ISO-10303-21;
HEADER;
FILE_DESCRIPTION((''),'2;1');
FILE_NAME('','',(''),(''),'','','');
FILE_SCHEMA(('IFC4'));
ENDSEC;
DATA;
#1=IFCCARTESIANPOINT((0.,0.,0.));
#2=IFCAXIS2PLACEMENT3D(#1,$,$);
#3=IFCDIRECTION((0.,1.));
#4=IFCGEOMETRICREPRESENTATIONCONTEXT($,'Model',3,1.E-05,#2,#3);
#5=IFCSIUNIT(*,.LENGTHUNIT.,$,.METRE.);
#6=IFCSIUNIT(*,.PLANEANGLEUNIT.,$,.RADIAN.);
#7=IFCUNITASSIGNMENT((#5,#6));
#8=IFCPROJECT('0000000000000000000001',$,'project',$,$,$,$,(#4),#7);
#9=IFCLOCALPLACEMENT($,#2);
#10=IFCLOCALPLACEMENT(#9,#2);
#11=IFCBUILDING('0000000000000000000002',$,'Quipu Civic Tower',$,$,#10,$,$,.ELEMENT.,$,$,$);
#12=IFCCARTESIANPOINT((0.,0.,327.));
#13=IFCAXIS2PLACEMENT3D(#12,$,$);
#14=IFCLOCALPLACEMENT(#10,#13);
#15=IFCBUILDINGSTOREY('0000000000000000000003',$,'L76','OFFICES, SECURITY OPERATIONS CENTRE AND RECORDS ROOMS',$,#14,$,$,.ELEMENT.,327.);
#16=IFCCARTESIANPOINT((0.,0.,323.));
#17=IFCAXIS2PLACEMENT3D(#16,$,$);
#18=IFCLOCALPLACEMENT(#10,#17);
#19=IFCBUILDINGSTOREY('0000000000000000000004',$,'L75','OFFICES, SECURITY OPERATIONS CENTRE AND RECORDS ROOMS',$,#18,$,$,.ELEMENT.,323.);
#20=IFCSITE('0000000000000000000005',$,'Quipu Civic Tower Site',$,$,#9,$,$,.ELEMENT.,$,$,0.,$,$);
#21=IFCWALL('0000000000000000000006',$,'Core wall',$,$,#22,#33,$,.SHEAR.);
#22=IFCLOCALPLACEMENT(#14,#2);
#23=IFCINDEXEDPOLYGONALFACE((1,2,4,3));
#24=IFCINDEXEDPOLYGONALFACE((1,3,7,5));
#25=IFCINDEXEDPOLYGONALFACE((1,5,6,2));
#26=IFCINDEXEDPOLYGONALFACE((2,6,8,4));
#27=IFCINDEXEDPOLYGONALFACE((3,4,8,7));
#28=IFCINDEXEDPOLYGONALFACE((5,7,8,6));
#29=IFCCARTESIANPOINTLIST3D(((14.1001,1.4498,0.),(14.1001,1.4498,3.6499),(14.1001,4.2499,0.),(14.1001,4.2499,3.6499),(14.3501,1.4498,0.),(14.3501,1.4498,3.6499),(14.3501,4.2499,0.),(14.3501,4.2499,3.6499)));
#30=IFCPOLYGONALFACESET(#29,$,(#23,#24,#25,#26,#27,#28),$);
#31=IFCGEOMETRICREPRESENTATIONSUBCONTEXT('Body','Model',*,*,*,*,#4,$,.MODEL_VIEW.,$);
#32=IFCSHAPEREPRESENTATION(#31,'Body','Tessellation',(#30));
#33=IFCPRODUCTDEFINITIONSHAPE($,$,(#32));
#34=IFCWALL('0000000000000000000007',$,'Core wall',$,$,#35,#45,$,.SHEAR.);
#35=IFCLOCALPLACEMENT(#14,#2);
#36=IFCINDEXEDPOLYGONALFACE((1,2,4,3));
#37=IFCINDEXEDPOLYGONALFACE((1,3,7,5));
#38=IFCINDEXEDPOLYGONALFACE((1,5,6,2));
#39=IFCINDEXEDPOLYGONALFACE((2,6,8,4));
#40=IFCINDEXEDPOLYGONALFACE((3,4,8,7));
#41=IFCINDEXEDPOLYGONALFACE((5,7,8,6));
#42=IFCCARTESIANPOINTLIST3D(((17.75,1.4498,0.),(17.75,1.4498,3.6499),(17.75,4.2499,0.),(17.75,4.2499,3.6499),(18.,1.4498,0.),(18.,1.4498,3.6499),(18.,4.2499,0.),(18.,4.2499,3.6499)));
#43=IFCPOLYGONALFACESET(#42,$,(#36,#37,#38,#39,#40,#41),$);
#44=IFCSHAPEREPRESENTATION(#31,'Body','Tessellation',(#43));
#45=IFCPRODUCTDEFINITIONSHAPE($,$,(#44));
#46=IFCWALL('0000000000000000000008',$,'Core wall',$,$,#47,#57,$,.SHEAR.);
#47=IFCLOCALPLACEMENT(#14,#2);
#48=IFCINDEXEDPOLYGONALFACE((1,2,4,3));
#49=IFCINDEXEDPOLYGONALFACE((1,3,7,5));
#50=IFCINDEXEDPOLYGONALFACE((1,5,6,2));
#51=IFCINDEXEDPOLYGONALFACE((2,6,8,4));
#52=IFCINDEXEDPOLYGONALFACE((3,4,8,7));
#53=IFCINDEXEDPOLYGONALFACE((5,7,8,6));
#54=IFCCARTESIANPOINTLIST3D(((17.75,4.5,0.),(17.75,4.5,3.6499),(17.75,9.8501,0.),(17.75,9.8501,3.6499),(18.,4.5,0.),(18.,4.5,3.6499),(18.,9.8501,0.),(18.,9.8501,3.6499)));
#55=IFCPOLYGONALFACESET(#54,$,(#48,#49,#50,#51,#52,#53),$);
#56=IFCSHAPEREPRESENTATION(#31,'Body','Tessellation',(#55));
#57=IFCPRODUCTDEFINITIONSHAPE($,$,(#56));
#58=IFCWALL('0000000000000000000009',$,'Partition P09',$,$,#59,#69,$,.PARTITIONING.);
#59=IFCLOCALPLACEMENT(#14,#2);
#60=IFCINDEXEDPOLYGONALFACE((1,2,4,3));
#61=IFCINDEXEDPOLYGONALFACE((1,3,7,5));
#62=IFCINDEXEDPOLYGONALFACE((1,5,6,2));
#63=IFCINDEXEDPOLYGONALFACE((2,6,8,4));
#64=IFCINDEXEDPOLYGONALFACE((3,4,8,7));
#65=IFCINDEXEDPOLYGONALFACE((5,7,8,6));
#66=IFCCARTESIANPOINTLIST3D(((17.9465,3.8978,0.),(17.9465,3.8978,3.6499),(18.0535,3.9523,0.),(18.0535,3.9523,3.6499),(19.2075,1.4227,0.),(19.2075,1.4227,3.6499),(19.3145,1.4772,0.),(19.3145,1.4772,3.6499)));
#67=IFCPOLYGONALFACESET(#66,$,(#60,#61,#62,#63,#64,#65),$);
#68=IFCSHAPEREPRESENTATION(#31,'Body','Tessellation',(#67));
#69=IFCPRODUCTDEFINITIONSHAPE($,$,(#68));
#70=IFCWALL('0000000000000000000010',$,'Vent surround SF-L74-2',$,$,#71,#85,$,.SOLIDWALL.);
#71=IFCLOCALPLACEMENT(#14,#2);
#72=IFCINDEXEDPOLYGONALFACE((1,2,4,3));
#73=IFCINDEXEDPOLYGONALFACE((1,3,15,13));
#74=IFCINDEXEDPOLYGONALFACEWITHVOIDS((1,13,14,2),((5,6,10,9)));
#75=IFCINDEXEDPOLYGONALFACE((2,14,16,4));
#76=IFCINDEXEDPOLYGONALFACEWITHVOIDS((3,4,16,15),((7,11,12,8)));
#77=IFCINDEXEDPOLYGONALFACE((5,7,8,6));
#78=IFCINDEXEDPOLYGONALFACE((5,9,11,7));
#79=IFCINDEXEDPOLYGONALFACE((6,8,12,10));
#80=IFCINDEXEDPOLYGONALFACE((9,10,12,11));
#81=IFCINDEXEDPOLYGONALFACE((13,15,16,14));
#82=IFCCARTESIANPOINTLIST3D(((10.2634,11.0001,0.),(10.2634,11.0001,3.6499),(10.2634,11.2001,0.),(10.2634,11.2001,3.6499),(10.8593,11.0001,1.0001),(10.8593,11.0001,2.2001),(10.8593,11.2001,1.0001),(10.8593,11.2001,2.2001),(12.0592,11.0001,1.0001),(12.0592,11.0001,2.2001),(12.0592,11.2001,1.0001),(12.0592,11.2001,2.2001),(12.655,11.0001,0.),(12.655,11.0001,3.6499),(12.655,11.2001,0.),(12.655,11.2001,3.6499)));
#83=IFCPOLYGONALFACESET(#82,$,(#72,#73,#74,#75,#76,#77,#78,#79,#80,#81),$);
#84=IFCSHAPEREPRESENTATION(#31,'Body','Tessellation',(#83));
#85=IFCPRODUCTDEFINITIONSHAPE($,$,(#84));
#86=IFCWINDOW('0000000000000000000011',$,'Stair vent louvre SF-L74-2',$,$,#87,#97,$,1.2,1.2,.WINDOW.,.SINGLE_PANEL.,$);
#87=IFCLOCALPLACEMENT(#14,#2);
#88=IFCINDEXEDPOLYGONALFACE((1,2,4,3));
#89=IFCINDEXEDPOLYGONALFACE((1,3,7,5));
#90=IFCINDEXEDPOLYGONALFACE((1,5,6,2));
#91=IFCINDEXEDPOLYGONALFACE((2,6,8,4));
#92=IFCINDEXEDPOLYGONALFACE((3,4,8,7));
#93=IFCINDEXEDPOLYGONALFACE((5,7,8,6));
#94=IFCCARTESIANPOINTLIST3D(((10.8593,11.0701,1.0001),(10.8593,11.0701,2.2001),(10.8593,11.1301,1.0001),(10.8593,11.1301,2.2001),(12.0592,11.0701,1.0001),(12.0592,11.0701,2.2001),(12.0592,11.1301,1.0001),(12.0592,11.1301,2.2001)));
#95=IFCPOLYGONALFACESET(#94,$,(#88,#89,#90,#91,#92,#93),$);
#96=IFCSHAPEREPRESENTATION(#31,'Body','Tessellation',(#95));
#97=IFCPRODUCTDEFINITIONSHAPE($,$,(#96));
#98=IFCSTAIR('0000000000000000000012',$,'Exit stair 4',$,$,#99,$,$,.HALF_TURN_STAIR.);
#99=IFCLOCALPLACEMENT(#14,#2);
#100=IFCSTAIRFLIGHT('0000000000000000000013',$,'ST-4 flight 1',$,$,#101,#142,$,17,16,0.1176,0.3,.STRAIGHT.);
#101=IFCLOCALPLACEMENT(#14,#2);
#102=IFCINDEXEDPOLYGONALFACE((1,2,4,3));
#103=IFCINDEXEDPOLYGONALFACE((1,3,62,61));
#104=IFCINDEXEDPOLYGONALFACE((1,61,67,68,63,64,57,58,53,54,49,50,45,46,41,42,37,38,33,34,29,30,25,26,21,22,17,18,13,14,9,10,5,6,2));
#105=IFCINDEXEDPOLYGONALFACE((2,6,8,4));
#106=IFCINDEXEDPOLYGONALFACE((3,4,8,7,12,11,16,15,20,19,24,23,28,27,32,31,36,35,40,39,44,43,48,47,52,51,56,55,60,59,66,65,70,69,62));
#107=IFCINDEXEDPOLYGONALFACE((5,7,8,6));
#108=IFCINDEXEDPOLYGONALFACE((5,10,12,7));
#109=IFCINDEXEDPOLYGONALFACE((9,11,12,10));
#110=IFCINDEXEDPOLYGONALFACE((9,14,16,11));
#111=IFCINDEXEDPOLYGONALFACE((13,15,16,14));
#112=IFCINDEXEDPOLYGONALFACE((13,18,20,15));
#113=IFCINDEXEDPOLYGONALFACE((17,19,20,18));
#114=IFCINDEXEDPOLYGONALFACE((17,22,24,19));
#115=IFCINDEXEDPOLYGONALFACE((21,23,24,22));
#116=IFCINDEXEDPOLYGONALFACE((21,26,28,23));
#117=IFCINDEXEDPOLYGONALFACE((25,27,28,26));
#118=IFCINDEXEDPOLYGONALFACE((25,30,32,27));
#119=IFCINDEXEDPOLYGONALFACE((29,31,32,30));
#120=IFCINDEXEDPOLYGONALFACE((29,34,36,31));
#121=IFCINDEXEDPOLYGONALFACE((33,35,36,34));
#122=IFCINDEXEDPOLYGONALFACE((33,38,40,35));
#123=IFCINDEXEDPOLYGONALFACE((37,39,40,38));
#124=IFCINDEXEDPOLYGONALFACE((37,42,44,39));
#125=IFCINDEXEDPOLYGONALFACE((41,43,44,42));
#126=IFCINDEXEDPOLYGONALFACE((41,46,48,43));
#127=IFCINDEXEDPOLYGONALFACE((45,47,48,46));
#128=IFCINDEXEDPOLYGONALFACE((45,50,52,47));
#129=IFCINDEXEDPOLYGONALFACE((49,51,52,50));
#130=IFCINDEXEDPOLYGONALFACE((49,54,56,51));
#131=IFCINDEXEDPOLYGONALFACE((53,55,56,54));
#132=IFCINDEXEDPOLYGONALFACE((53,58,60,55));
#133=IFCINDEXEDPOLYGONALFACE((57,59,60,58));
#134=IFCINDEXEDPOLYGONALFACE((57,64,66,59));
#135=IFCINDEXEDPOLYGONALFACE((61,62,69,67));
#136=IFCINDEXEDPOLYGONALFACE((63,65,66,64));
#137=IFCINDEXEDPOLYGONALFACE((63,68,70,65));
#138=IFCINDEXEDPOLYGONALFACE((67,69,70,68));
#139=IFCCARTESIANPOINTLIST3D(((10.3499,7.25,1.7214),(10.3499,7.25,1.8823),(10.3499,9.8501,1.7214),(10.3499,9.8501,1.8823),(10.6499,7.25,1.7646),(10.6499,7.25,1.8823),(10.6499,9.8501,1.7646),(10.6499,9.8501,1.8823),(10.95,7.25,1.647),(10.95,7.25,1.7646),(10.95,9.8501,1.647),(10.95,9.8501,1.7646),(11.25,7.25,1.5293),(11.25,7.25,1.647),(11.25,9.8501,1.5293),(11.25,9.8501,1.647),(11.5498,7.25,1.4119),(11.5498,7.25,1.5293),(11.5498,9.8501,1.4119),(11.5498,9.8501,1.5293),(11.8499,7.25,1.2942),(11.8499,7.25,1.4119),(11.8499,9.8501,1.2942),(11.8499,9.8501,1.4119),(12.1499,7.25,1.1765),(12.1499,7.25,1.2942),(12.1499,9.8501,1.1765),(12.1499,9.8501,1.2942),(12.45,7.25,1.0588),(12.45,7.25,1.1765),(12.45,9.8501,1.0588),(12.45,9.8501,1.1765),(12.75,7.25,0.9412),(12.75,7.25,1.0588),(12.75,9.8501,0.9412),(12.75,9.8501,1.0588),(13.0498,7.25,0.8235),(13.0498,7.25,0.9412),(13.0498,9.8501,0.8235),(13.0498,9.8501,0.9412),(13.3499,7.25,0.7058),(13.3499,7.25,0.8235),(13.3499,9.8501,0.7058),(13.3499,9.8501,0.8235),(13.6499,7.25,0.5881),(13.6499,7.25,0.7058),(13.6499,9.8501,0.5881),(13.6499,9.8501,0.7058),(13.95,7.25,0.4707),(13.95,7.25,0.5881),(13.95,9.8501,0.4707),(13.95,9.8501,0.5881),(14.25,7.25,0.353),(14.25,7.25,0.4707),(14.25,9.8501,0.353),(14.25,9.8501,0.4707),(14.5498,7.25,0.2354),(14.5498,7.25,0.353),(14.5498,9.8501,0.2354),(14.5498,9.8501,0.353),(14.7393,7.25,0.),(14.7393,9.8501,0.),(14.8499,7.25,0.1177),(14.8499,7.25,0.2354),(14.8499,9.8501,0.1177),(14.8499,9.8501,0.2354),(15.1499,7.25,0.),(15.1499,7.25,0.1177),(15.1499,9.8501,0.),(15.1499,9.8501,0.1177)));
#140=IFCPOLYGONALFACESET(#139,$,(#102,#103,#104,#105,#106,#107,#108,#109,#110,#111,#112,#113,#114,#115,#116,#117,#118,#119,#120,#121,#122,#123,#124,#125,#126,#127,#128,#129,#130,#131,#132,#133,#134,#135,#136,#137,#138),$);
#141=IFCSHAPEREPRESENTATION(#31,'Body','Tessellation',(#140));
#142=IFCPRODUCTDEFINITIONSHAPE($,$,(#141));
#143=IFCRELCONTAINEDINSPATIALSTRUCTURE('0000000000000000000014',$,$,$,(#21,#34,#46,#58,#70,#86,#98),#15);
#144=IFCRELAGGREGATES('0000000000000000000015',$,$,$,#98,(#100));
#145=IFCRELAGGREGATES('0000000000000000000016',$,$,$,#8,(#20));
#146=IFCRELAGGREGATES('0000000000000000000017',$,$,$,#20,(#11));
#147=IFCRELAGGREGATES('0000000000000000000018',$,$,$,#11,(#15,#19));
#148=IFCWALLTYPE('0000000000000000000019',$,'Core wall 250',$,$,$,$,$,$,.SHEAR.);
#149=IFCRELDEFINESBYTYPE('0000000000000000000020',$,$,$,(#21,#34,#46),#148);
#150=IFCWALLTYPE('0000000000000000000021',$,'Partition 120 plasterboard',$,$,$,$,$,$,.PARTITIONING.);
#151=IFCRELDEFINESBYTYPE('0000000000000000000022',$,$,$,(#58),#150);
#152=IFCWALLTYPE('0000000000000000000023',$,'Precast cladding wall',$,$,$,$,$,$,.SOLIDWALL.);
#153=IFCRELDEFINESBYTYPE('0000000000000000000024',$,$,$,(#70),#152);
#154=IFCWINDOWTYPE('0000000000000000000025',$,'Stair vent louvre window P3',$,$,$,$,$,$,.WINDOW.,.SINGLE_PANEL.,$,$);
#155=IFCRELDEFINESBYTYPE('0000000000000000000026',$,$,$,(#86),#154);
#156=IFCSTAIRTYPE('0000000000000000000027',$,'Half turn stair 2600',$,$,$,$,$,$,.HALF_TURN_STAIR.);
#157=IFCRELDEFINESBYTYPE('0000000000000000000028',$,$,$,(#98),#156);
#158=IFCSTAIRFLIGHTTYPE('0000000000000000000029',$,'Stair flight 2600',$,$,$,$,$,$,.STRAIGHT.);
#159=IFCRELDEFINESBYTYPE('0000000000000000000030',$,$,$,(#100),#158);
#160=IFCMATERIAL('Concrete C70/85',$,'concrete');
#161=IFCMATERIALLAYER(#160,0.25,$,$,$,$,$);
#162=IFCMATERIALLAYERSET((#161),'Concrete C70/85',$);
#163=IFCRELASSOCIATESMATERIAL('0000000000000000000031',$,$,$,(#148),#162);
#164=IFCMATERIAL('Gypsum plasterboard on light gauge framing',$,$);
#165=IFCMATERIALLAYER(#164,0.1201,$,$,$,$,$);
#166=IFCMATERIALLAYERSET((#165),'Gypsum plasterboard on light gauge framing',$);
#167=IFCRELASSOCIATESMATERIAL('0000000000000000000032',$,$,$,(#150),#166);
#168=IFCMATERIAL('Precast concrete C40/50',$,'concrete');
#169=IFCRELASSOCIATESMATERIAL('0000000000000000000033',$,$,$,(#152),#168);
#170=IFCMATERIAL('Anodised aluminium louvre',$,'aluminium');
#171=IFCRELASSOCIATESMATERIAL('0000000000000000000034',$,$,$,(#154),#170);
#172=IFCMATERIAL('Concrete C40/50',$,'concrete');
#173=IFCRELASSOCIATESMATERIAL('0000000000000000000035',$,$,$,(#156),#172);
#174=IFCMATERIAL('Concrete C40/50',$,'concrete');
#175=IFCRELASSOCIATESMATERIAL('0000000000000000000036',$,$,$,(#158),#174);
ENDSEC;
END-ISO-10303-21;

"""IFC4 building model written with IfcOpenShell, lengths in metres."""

from ifc_helpers import new_model, si_unit, direction, frame, frame_2d, origin, place, context, subcontext, project, spatial, polyline, rectangle, outline, extrude, material, layer, layer_set, type_object, element, fill, aggregate, save


model = new_model("IFC4")

# Units and contexts
model_context = context("Model", 3, precision=1e-05, world=origin(), true_north=direction((0.0, 1.0)))
body_context = subcontext(model_context, "Body", "Model", "MODEL_VIEW")
ifc_project = project(units=[si_unit("LENGTHUNIT", "METRE"), si_unit("PLANEANGLEUNIT", "RADIAN")], contexts=[model_context])

# Site, building, storey
site_placement = place(None, origin())
site = spatial("IfcSite", under=ifc_project, at=site_placement, Name="Quipu Civic Tower Site", CompositionType="ELEMENT", RefElevation=0.0)
building_placement = place(site_placement, origin())
building = spatial("IfcBuilding", under=site, at=building_placement, Name="Quipu Civic Tower", CompositionType="ELEMENT")
storey_1_placement = place(building_placement, frame((0.0, 0.0, 327.0)))
storey_1 = spatial("IfcBuildingStorey", under=building, at=storey_1_placement, Name="L76", Description="OFFICES, SECURITY OPERATIONS CENTRE AND RECORDS ROOMS", CompositionType="ELEMENT", Elevation=327.0)

# Shared definitions
storey_2_placement = place(building_placement, frame((0.0, 0.0, 323.0)))
storey_2 = spatial("IfcBuildingStorey", under=building, at=storey_2_placement, Name="L75", Description="OFFICES, SECURITY OPERATIONS CENTRE AND RECORDS ROOMS", CompositionType="ELEMENT", Elevation=323.0)

# Shared definitions
ifc_material_1 = material(Name="Concrete C70/85", Category="concrete")
ifc_layer_1 = layer(ifc_material_1, 0.25)
ifc_layer_set_1 = layer_set([ifc_layer_1], Name="Concrete C70/85")
wall_type_1 = type_object("IfcWallType", Name="Core wall 250", PredefinedType="SHEAR", material=ifc_layer_set_1)

# Walls
for number, where, z_axis, x_axis, name in (
    (1, (14.2251, 1.45, 0.0), (0.0, 0.0, 1.0), (0.0, 1.0, 0.0), "Core wall"),
    (2, (17.875, 1.45, 0.0), (0.0, 0.0, 1.0), (0.0, 1.0, 0.0), "Core wall"),
):
    element("IfcWall", number, at=place(storey_1_placement, frame(where, z_axis=z_axis, x_axis=x_axis)), inside=storey_1, type_object=wall_type_1, Name=name, PredefinedType="SHEAR", context=body_context, shape_type="SweptSolid", body=[
        extrude(rectangle(XDim=2.8, YDim=0.25, at=frame_2d((1.3999, 0.0))), origin(), (0.0, 0.0, 1.0), 3.6499),
    ])
wall_1_placement = place(storey_1_placement, frame((17.875, 4.5, 0.0), z_axis=(0.0, 0.0, 1.0), x_axis=(0.0, 1.0, 0.0)))
element("IfcWall", 3, at=wall_1_placement, inside=storey_1, type_object=wall_type_1, Name="Core wall", PredefinedType="SHEAR", context=body_context, shape_type="SweptSolid", body=[
    extrude(rectangle(XDim=5.3501, YDim=0.25, at=frame_2d((2.675, 0.0))), origin(), (0.0, 0.0, 1.0), 3.6499),
])
ifc_material_2 = material(Name="Gypsum plasterboard on light gauge framing")
ifc_layer_2 = layer(ifc_material_2, 0.1201)
ifc_layer_set_2 = layer_set([ifc_layer_2], Name="Gypsum plasterboard on light gauge framing")
wall_type_2 = type_object("IfcWallType", Name="Partition 120 plasterboard", PredefinedType="PARTITIONING", material=ifc_layer_set_2)
wall_2_placement = place(storey_1_placement, frame((18.0, 3.925, 0.0), z_axis=(0.0, 0.0, 1.0), x_axis=(0.453951, -0.891027, 0.0)))
element("IfcWall", 4, at=wall_2_placement, inside=storey_1, type_object=wall_type_2, Name="Partition P09", PredefinedType="PARTITIONING", context=body_context, shape_type="SweptSolid", body=[
    extrude(rectangle(XDim=2.7778, YDim=0.1201, at=frame_2d((1.3889, 0.0))), origin(), (0.0, 0.0, 1.0), 3.6499),
])

# Wall, opening, window
ifc_material_3 = material(Name="Precast concrete C40/50", Category="concrete")
wall_type_3 = type_object("IfcWallType", Name="Precast cladding wall", PredefinedType="SOLIDWALL", material=ifc_material_3)
wall_3_placement = place(storey_1_placement, frame((12.655, 11.1001, 0.0), z_axis=(0.0, 0.0, 1.0), x_axis=(-1.0, 0.0, 0.0)))
wall_3 = element("IfcWall", 5, at=wall_3_placement, inside=storey_1, type_object=wall_type_3, Name="Vent surround SF-L74-2", PredefinedType="SOLIDWALL", context=body_context, shape_type="SweptSolid", body=[
    extrude(rectangle(XDim=2.3916, YDim=0.2, at=frame_2d((1.1958, 0.0))), origin(), (0.0, 0.0, 1.0), 3.6499),
])
opening_1_placement = place(wall_3_placement, frame((0.5957, 0.0, 1.0)))
opening_1 = element("IfcOpeningElement", 6, at=opening_1_placement, cuts=wall_3, PredefinedType="OPENING", context=body_context, shape_type="SweptSolid", body=[
    extrude(rectangle(XDim=1.2, YDim=1.2, at=frame_2d((0.6001, 0.6001))), frame((0.0, 0.1099, 0.0), z_axis=(0.0, -1.0, 0.0), x_axis=(1.0, 0.0, 0.0)), (0.0, 0.0, 1.0), 0.22),
])
ifc_material_4 = material(Name="Anodised aluminium louvre", Category="aluminium")
window_type = type_object("IfcWindowType", Name="Stair vent louvre window P3", PartitioningType="SINGLE_PANEL", PredefinedType="WINDOW", material=ifc_material_4)
window_placement = place(opening_1_placement, origin())
window = element("IfcWindow", 7, at=window_placement, inside=storey_1, type_object=window_type, Name="Stair vent louvre SF-L74-2", OverallHeight=1.2, OverallWidth=1.2, PartitioningType="SINGLE_PANEL", PredefinedType="WINDOW", context=body_context, shape_type="SweptSolid", body=[
    extrude(rectangle(XDim=1.2, YDim=1.2, at=frame_2d((0.6001, 0.6001))), frame((0.0, 0.03, 0.0), z_axis=(0.0, -1.0, 0.0), x_axis=(1.0, 0.0, 0.0)), (0.0, 0.0, 1.0), 0.0601),
])
fill(opening_1, window)

# Stair, stair flight
ifc_material_5 = material(Name="Concrete C40/50", Category="concrete")
stair_type = type_object("IfcStairType", Name="Half turn stair 2600", PredefinedType="HALF_TURN_STAIR", material=ifc_material_5)
stair_placement = place(storey_1_placement, origin())
stair = element("IfcStair", 8, at=stair_placement, inside=storey_1, type_object=stair_type, Name="Exit stair 4", PredefinedType="HALF_TURN_STAIR")
ifc_material_6 = material(Name="Concrete C40/50", Category="concrete")
stair_flight_type = type_object("IfcStairFlightType", Name="Stair flight 2600", PredefinedType="STRAIGHT", material=ifc_material_6)
stair_flight_placement = place(storey_1_placement, frame((15.1499, 8.55, 0.0), z_axis=(0.0, 0.0, 1.0), x_axis=(-1.0, 0.0, 0.0)))
stair_flight = element("IfcStairFlight", 9, at=stair_flight_placement, type_object=stair_flight_type, Name="ST-4 flight 1", NumberOfRisers=17, NumberOfTreads=16, PredefinedType="STRAIGHT", RiserHeight=0.1176, TreadLength=0.3, context=body_context, shape_type="SweptSolid", body=[
    extrude(outline(polyline([(0.0, 0.0), (0.0, 0.1177), (0.3, 0.1177), (0.3, 0.2354), (0.6001, 0.2354), (0.6001, 0.353), (0.8999, 0.353), (0.8999, 0.4707), (1.2, 0.4707), (1.2, 0.5881), (1.5, 0.5881), (1.5, 0.7058), (1.8, 0.7058), (1.8, 0.8235), (2.1001, 0.8235), (2.1001, 0.9412), (2.3999, 0.9412), (2.3999, 1.0588), (2.7, 1.0588), (2.7, 1.1765), (3.0, 1.1765), (3.0, 1.2942), (3.3, 1.2942), (3.3, 1.4119), (3.6001, 1.4119), (3.6001, 1.5293), (3.8999, 1.5293), (3.8999, 1.647), (4.2, 1.647), (4.2, 1.7646), (4.5, 1.7646), (4.5, 1.8823), (4.8, 1.8823), (4.8, 2.0), (4.8, 1.7214), (0.4106, 0.0), (0.0, 0.0)])), frame((0.0, 1.3, 0.0), z_axis=(0.0, -1.0, 0.0), x_axis=(1.0, 0.0, 0.0)), (0.0, 0.0, 1.0), 2.6001),
])
aggregate(stair, [stair_flight])

save(model, "model.ifc")
